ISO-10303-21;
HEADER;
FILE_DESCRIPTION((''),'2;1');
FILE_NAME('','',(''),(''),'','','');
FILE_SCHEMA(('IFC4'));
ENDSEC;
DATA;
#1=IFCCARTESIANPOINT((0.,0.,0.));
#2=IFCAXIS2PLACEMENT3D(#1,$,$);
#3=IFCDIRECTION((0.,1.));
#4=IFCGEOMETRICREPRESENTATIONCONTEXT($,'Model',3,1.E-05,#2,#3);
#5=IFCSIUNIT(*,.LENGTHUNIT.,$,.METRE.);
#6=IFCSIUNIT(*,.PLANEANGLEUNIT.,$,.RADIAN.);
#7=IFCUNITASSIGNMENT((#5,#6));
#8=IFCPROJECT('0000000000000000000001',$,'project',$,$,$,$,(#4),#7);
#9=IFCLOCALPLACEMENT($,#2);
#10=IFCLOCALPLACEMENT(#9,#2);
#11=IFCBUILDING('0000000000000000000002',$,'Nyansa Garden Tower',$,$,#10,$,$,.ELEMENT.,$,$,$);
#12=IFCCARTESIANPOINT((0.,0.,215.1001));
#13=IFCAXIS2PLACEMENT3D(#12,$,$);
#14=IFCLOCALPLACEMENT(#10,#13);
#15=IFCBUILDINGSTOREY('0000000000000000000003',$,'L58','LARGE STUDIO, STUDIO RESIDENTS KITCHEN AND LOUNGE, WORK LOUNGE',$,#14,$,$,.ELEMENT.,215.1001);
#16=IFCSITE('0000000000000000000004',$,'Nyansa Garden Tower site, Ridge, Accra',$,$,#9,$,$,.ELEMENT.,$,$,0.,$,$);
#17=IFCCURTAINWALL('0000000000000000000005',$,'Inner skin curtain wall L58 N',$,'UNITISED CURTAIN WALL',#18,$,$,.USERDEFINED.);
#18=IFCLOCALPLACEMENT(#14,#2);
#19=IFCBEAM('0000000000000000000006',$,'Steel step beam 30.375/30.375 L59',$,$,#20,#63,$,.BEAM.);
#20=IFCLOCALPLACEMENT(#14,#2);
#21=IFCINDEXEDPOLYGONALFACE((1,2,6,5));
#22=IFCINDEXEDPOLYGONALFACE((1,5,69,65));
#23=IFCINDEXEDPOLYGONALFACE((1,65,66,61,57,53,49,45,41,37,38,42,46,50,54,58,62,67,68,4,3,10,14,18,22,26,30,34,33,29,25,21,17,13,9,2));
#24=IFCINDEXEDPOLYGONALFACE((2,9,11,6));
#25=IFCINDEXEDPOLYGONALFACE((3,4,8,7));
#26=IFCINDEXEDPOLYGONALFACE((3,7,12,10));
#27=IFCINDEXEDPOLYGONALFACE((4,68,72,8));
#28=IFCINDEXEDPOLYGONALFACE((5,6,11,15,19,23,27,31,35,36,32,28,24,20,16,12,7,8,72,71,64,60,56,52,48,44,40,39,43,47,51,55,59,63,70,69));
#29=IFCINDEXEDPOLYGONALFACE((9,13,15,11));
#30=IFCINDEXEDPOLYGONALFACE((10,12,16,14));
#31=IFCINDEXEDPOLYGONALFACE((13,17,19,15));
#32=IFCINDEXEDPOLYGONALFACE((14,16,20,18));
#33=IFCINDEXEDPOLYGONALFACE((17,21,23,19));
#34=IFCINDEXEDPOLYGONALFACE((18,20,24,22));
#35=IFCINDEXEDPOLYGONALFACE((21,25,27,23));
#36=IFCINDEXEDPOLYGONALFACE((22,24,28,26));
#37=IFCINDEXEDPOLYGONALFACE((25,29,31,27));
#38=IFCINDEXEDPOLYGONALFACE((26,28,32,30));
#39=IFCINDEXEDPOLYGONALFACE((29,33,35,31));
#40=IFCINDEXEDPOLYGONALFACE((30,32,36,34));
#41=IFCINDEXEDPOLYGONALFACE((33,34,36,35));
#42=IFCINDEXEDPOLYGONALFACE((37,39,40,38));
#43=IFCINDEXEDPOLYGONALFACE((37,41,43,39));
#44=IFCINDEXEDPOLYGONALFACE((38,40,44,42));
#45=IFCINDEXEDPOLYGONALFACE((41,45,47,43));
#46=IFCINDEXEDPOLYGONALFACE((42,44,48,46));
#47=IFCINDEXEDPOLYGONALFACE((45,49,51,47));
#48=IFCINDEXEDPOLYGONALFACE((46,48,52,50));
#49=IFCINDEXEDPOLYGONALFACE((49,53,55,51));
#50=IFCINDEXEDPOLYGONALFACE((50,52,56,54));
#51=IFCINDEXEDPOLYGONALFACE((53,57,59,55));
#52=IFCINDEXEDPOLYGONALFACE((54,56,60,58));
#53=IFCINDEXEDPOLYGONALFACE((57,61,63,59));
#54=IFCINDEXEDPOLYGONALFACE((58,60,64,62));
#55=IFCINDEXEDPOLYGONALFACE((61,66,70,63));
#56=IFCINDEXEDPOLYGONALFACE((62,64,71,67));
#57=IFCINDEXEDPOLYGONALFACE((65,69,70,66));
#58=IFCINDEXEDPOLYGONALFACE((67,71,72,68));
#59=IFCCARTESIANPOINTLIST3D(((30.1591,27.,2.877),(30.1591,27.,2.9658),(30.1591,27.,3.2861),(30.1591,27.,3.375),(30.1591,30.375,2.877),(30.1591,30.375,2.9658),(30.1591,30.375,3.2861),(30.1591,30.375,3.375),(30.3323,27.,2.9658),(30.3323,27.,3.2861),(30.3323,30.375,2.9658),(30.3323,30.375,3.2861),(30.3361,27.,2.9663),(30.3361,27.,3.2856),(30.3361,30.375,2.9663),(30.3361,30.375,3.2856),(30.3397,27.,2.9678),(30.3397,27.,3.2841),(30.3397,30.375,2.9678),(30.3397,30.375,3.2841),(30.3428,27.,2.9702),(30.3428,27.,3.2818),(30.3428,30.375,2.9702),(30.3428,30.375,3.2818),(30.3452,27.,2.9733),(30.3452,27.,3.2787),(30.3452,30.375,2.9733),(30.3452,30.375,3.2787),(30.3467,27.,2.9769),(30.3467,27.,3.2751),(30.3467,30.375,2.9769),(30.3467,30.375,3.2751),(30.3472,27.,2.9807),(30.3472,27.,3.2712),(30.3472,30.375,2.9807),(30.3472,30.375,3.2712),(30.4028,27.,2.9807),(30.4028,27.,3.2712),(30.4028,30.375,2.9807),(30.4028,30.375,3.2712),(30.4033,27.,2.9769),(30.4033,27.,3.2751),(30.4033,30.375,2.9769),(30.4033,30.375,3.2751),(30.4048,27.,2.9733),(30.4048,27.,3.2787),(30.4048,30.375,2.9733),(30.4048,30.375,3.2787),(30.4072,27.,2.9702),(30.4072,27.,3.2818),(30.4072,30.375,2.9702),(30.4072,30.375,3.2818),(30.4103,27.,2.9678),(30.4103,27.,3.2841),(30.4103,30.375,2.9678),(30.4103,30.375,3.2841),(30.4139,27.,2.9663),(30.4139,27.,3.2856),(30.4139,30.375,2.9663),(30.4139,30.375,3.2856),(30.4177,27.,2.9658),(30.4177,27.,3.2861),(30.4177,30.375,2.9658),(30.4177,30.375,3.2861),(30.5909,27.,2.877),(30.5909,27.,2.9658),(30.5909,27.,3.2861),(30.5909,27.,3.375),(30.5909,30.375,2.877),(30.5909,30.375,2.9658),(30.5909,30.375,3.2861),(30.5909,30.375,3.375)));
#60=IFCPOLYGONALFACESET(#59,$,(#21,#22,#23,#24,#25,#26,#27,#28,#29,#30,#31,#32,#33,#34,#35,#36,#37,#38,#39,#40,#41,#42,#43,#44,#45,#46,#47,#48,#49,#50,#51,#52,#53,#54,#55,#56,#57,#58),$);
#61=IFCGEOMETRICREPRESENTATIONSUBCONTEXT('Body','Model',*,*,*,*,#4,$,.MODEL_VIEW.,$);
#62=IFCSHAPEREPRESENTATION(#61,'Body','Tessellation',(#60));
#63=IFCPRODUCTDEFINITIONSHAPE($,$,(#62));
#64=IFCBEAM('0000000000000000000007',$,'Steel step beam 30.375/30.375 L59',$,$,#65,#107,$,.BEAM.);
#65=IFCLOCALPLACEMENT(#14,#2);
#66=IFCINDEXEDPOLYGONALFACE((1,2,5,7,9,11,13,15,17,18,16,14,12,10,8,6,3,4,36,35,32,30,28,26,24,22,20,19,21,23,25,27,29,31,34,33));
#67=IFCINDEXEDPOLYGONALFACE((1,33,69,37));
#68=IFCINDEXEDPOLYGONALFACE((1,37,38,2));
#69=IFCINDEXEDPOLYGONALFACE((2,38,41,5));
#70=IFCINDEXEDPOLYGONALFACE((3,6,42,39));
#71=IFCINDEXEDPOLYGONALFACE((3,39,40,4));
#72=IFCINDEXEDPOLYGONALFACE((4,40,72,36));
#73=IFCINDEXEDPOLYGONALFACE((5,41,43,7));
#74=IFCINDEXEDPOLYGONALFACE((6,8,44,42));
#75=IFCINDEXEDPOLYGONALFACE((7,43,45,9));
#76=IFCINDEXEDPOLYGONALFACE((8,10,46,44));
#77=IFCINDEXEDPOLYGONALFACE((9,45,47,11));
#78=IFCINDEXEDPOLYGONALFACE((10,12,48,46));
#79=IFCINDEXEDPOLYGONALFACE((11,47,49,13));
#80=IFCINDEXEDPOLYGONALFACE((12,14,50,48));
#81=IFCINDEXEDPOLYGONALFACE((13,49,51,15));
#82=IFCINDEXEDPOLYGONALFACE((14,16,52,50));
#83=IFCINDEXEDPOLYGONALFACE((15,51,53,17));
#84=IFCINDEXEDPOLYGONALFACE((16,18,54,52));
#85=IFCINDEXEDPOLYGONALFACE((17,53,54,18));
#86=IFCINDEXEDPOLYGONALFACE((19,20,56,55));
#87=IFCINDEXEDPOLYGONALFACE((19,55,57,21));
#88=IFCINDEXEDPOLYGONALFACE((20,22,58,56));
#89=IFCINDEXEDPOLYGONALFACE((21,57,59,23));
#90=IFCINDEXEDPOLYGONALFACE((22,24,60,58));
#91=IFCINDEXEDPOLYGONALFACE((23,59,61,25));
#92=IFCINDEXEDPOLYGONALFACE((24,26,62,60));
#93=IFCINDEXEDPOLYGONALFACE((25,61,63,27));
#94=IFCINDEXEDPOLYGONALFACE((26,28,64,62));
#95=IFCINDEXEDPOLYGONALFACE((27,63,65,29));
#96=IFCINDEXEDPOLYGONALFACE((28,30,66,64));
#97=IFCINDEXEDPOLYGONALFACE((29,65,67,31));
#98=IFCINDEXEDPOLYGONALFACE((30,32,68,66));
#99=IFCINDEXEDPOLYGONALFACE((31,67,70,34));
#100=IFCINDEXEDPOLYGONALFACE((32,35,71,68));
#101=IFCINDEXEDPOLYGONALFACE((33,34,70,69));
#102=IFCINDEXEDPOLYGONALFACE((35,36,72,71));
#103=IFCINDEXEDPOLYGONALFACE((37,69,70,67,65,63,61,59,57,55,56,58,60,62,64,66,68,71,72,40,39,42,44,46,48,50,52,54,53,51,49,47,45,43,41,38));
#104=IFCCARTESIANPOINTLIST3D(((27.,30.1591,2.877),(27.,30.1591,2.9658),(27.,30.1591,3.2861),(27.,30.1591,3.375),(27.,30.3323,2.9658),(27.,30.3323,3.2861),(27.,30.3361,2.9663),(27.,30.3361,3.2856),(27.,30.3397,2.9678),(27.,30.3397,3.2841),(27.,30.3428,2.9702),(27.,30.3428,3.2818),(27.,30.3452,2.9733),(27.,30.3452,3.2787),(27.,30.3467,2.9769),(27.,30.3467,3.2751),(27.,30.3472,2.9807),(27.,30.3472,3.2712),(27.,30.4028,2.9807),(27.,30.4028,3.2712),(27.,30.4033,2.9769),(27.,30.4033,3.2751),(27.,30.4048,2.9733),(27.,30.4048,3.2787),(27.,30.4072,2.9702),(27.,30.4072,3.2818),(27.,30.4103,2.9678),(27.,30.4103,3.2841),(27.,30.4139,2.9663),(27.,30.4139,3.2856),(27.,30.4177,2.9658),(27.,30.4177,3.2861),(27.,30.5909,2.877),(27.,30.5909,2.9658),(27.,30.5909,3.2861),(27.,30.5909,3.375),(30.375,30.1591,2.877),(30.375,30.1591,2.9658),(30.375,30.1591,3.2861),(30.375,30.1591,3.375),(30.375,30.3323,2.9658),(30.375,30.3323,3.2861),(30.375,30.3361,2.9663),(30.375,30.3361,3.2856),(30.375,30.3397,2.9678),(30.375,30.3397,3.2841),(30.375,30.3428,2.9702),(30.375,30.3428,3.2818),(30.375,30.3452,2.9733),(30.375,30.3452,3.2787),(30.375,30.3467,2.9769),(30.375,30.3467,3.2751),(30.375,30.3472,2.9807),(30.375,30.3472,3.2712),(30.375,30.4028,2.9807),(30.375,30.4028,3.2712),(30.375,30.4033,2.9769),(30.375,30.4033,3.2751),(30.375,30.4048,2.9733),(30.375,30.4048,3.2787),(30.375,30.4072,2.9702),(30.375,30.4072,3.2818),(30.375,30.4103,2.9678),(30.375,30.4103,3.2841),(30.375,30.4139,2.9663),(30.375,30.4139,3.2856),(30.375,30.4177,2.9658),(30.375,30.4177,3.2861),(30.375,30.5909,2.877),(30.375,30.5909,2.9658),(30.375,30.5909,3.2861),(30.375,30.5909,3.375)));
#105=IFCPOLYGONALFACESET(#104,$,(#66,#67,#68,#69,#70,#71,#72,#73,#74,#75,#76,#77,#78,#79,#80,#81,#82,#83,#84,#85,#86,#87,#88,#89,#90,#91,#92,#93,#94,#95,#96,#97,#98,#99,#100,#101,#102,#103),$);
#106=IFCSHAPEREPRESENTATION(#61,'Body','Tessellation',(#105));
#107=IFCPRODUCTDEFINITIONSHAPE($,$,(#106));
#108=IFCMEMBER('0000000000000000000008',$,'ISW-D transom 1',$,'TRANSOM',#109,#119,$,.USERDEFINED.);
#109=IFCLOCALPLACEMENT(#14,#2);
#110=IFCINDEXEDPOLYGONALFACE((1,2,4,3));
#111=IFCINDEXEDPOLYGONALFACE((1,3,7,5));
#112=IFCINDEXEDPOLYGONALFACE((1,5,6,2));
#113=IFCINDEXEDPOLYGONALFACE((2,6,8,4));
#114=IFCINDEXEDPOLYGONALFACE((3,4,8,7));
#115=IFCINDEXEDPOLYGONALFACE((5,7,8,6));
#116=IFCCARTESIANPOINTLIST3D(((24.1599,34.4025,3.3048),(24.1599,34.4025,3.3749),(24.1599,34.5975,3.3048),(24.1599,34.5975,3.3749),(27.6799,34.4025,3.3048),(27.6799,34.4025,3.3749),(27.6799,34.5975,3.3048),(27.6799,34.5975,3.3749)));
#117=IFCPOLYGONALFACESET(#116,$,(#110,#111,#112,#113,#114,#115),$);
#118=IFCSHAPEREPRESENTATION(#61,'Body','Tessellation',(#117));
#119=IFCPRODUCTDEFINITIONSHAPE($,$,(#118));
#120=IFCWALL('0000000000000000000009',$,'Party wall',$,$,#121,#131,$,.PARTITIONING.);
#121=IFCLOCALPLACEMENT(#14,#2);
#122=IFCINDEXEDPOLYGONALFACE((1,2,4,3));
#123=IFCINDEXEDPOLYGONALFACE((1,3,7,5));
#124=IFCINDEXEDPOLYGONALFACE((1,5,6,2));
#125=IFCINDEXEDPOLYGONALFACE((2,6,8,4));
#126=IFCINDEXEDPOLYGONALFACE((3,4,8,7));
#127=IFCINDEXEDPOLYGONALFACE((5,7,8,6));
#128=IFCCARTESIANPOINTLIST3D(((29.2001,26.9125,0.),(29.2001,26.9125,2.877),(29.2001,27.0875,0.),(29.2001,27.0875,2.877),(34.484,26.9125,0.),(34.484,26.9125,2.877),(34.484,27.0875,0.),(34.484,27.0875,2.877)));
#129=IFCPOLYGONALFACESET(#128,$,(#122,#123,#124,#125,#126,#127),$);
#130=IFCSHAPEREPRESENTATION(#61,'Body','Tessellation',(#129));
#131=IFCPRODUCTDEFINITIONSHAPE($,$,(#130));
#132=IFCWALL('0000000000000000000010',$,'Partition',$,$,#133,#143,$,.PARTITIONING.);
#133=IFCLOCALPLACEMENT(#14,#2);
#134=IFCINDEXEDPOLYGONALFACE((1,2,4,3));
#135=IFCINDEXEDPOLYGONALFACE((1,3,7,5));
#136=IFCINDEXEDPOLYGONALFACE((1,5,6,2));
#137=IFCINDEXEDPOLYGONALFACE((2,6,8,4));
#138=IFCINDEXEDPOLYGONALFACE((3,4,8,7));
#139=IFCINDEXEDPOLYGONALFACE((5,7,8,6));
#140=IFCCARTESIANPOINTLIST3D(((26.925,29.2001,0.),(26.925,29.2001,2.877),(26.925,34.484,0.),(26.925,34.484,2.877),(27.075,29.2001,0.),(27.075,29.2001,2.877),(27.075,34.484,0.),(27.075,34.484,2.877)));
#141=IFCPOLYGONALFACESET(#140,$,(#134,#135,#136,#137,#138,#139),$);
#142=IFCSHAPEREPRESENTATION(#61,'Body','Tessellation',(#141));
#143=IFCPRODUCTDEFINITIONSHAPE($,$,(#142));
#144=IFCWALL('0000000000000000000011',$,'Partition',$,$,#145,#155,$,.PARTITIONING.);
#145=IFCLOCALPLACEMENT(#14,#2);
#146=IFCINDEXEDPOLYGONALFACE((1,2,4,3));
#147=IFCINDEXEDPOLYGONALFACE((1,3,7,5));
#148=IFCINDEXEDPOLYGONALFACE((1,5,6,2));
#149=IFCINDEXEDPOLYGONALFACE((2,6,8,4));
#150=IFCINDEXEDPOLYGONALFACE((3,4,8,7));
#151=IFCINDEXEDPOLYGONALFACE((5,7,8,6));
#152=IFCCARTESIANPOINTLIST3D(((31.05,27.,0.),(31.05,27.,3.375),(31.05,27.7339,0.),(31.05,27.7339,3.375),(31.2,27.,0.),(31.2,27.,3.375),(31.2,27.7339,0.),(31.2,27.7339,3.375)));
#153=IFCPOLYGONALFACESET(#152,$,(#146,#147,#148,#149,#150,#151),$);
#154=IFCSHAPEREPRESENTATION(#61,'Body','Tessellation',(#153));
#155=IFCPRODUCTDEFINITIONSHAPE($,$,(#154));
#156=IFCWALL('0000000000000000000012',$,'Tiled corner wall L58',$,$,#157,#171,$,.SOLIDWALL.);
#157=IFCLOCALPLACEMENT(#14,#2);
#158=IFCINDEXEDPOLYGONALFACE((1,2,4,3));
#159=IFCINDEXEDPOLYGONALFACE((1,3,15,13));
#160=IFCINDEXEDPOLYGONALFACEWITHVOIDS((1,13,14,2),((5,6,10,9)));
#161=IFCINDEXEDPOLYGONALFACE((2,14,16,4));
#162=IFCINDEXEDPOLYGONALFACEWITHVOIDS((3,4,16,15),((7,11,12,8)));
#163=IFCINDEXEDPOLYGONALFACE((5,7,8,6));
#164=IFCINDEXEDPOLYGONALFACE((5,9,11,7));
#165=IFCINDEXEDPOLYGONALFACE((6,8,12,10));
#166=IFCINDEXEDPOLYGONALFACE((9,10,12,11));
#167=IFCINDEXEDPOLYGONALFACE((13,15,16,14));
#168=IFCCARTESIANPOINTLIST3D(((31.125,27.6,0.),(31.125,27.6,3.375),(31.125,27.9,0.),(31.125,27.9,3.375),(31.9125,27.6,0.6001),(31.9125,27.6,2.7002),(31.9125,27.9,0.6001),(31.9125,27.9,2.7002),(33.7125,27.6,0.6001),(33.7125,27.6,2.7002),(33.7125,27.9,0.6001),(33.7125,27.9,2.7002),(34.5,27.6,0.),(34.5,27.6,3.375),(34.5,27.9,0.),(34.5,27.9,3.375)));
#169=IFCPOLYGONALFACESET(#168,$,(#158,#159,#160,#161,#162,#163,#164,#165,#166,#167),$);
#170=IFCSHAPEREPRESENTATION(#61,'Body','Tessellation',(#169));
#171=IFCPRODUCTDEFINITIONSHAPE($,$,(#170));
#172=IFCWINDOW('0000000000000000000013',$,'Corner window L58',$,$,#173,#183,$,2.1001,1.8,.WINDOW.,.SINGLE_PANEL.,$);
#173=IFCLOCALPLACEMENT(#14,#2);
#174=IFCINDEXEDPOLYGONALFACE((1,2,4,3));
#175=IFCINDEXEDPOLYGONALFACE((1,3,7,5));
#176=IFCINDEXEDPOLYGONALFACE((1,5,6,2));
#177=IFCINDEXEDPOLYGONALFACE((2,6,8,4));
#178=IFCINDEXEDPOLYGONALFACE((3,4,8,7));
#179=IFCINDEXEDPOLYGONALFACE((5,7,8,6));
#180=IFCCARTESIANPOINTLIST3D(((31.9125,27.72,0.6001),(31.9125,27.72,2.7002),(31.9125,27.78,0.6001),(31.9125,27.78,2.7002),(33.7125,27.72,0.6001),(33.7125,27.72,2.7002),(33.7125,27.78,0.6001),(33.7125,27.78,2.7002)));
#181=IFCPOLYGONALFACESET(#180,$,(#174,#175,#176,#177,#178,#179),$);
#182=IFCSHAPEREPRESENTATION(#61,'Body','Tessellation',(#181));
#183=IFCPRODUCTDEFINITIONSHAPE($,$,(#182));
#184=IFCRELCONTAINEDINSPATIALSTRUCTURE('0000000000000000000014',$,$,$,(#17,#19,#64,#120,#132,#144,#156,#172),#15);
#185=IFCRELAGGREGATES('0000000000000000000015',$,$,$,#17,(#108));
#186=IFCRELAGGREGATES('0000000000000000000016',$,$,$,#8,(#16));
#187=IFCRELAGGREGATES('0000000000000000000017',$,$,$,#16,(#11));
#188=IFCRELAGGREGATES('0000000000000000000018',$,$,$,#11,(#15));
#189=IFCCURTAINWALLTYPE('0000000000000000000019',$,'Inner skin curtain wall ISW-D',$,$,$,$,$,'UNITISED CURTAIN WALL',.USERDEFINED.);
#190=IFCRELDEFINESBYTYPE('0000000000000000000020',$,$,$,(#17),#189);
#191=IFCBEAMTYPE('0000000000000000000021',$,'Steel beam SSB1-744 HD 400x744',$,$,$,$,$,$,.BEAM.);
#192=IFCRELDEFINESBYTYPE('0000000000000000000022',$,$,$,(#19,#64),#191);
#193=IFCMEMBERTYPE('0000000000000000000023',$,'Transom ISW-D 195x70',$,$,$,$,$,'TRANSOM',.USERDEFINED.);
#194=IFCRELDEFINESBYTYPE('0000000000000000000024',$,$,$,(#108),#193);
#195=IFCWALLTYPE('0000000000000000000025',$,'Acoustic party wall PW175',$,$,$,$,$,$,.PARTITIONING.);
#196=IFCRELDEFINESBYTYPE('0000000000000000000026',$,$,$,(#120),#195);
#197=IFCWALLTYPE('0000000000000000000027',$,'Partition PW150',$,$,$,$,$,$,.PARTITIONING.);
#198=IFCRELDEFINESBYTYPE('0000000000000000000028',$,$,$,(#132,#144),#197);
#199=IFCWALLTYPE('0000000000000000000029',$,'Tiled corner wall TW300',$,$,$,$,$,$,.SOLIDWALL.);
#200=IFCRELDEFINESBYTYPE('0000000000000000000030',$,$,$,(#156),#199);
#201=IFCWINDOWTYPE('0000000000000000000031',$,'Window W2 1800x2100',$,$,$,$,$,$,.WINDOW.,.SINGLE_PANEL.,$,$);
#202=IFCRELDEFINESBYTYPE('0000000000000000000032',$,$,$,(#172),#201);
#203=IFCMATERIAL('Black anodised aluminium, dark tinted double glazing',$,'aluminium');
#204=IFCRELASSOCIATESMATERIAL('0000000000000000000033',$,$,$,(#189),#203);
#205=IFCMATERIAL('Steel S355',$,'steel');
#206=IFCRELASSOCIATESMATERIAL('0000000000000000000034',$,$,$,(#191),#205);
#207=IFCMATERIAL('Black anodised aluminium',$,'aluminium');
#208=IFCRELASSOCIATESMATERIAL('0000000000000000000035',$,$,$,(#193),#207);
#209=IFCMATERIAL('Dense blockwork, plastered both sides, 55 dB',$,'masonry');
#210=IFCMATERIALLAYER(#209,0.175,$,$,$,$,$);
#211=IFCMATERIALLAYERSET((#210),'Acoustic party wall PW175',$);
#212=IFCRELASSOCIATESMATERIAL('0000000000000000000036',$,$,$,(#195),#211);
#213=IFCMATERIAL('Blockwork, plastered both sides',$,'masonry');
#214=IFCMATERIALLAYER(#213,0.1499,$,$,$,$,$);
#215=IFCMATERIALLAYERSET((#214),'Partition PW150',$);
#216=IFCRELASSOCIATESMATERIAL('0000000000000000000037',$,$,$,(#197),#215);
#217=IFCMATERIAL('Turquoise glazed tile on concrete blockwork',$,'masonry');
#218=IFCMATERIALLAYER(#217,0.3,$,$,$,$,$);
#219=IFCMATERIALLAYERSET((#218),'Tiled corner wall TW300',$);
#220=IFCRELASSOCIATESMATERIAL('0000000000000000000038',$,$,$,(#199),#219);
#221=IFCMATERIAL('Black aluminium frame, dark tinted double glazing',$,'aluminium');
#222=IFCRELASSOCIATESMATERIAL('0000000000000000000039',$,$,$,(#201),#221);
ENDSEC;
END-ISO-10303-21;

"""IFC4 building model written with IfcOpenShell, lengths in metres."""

from ifc_helpers import new_model, si_unit, direction, frame, frame_2d, origin, origin_2d, place, context, subcontext, project, spatial, rectangle, i_section, extrude, material, layer, layer_set, material_profile, profile_set, type_object, element, fill, aggregate, save


model = new_model("IFC4")

# Units and contexts
model_context = context("Model", 3, precision=1e-05, world=origin(), true_north=direction((0.0, 1.0)))
body_context = subcontext(model_context, "Body", "Model", "MODEL_VIEW")
ifc_project = project(units=[si_unit("LENGTHUNIT", "METRE"), si_unit("PLANEANGLEUNIT", "RADIAN")], contexts=[model_context])

# Site, building, storey
site_placement = place(None, origin())
site = spatial("IfcSite", under=ifc_project, at=site_placement, Name="Nyansa Garden Tower site, Ridge, Accra", CompositionType="ELEMENT", RefElevation=0.0)
building_placement = place(site_placement, origin())
building = spatial("IfcBuilding", under=site, at=building_placement, Name="Nyansa Garden Tower", CompositionType="ELEMENT")
storey_placement = place(building_placement, frame((0.0, 0.0, 215.1001)))
storey = spatial("IfcBuildingStorey", under=building, at=storey_placement, Name="L58", Description="LARGE STUDIO, STUDIO RESIDENTS KITCHEN AND LOUNGE, WORK LOUNGE", CompositionType="ELEMENT", Elevation=215.1001)

# Curtain wall
ifc_material_1 = material(Name="Black anodised aluminium, dark tinted double glazing", Category="aluminium")
curtain_wall_type = type_object("IfcCurtainWallType", Name="Inner skin curtain wall ISW-D", ElementType="UNITISED CURTAIN WALL", PredefinedType="USERDEFINED", material=ifc_material_1)
curtain_wall_1_placement = place(storey_placement, origin())
curtain_wall_1 = element("IfcCurtainWall", 1, at=curtain_wall_1_placement, inside=storey, type_object=curtain_wall_type, Name="Inner skin curtain wall L58 N", ObjectType="UNITISED CURTAIN WALL", PredefinedType="USERDEFINED")

# Beams
ifc_material_2 = material(Name="Steel S355", Category="steel")
ifc_material_profile_1 = material_profile(ifc_material_2, i_section(OverallWidth=0.4319, OverallDepth=0.498, WebThickness=0.0557, FlangeThickness=0.0889, FilletRadius=0.0149, at=origin_2d()), Name="HD 400x744")
ifc_profile_set_1 = profile_set([ifc_material_profile_1], Name="Steel S355")
beam_type_1 = type_object("IfcBeamType", Name="Steel beam SSB1-744 HD 400x744", PredefinedType="BEAM", material=ifc_profile_set_1)
for number, where, z_axis, x_axis, name in (
    (2, (30.375, 30.375, 3.126), (0.0, -1.0, 0.0), (1.0, 0.0, 0.0), "Steel step beam 30.375/30.375 L59"),
    (3, (30.375, 30.375, 3.126), (-1.0, 0.0, 0.0), (0.0, -1.0, 0.0), "Steel step beam 30.375/30.375 L59"),
):
    element("IfcBeam", number, at=place(storey_placement, frame(where, z_axis=z_axis, x_axis=x_axis)), inside=storey, type_object=beam_type_1, Name=name, PredefinedType="BEAM", context=body_context, shape_type="SweptSolid", body=[
        extrude(i_section(OverallWidth=0.4319, OverallDepth=0.498, WebThickness=0.0557, FlangeThickness=0.0889, FilletRadius=0.0149, at=origin_2d()), origin(), (0.0, 0.0, 1.0), 3.375),
    ])

# Member
ifc_material_3 = material(Name="Black anodised aluminium", Category="aluminium")
ifc_material_profile_2 = material_profile(ifc_material_3, rectangle(XDim=0.1951, YDim=0.0701, at=origin_2d()), Name="Transom 195x70")
ifc_profile_set_2 = profile_set([ifc_material_profile_2], Name="Black anodised aluminium")
member_type_1 = type_object("IfcMemberType", Name="Transom ISW-D 195x70", ElementType="TRANSOM", PredefinedType="USERDEFINED", material=ifc_profile_set_2)
member_1_placement = place(storey_placement, frame((27.6799, 34.5, 3.3398), z_axis=(-1.0, 0.0, 0.0), x_axis=(0.0, -1.0, 0.0)))
member_1 = element("IfcMember", 4, at=member_1_placement, type_object=member_type_1, Name="ISW-D transom 1", ObjectType="TRANSOM", PredefinedType="USERDEFINED", context=body_context, shape_type="SweptSolid", body=[
    extrude(rectangle(XDim=0.1951, YDim=0.0701, at=origin_2d()), origin(), (0.0, 0.0, 1.0), 3.52),
])
aggregate(curtain_wall_1, [member_1])

# Walls
ifc_material_4 = material(Name="Dense blockwork, plastered both sides, 55 dB", Category="masonry")
ifc_layer_1 = layer(ifc_material_4, 0.175)
ifc_layer_set_1 = layer_set([ifc_layer_1], Name="Acoustic party wall PW175")
wall_type_1 = type_object("IfcWallType", Name="Acoustic party wall PW175", PredefinedType="PARTITIONING", material=ifc_layer_set_1)
wall_1_placement = place(storey_placement, frame((29.2, 27.0, 0.0), z_axis=(0.0, 0.0, 1.0), x_axis=(1.0, 0.0, 0.0)))
element("IfcWall", 5, at=wall_1_placement, inside=storey, type_object=wall_type_1, Name="Party wall", PredefinedType="PARTITIONING", context=body_context, shape_type="SweptSolid", body=[
    extrude(rectangle(XDim=5.2839, YDim=0.175, at=frame_2d((2.6421, 0.0))), origin(), (0.0, 0.0, 1.0), 2.877),
])
ifc_material_5 = material(Name="Blockwork, plastered both sides", Category="masonry")
ifc_layer_2 = layer(ifc_material_5, 0.1499)
ifc_layer_set_2 = layer_set([ifc_layer_2], Name="Partition PW150")
wall_type_2 = type_object("IfcWallType", Name="Partition PW150", PredefinedType="PARTITIONING", material=ifc_layer_set_2)
wall_2_placement = place(storey_placement, frame((27.0, 29.2, 0.0), z_axis=(0.0, 0.0, 1.0), x_axis=(0.0, 1.0, 0.0)))
element("IfcWall", 6, at=wall_2_placement, inside=storey, type_object=wall_type_2, Name="Partition", PredefinedType="PARTITIONING", context=body_context, shape_type="SweptSolid", body=[
    extrude(rectangle(XDim=5.2839, YDim=0.1499, at=frame_2d((2.6421, 0.0))), origin(), (0.0, 0.0, 1.0), 2.877),
])
wall_3_placement = place(storey_placement, frame((31.125, 27.0, 0.0), z_axis=(0.0, 0.0, 1.0), x_axis=(0.0, 1.0, 0.0)))
element("IfcWall", 7, at=wall_3_placement, inside=storey, type_object=wall_type_2, Name="Partition", PredefinedType="PARTITIONING", context=body_context, shape_type="SweptSolid", body=[
    extrude(rectangle(XDim=0.7339, YDim=0.1499, at=frame_2d((0.3669, 0.0))), origin(), (0.0, 0.0, 1.0), 3.375),
])

# Wall, opening, window
ifc_material_6 = material(Name="Turquoise glazed tile on concrete blockwork", Category="masonry")
ifc_layer_3 = layer(ifc_material_6, 0.3)
ifc_layer_set_3 = layer_set([ifc_layer_3], Name="Tiled corner wall TW300")
wall_type_3 = type_object("IfcWallType", Name="Tiled corner wall TW300", PredefinedType="SOLIDWALL", material=ifc_layer_set_3)
wall_4_placement = place(storey_placement, frame((34.5, 27.75, 0.0), z_axis=(0.0, 0.0, 1.0), x_axis=(-1.0, 0.0, 0.0)))
wall_4 = element("IfcWall", 8, at=wall_4_placement, inside=storey, type_object=wall_type_3, Name="Tiled corner wall L58", PredefinedType="SOLIDWALL", context=body_context, shape_type="SweptSolid", body=[
    extrude(rectangle(XDim=3.375, YDim=0.3, at=frame_2d((1.6875, 0.0))), origin(), (0.0, 0.0, 1.0), 3.375),
])
opening_1_placement = place(wall_4_placement, frame((0.7876, 0.0, 0.6001)))
opening_1 = element("IfcOpeningElement", 9, at=opening_1_placement, cuts=wall_4, PredefinedType="OPENING", context=body_context, shape_type="SweptSolid", body=[
    extrude(rectangle(XDim=1.8, YDim=2.1001, at=frame_2d((0.8999, 1.05))), frame((0.0, 0.1599, 0.0), z_axis=(0.0, -1.0, 0.0), x_axis=(1.0, 0.0, 0.0)), (0.0, 0.0, 1.0), 0.3201),
])
ifc_material_7 = material(Name="Black aluminium frame, dark tinted double glazing", Category="aluminium")
window_type_1 = type_object("IfcWindowType", Name="Window W2 1800x2100", PartitioningType="SINGLE_PANEL", PredefinedType="WINDOW", material=ifc_material_7)
window_1_placement = place(opening_1_placement, origin())
window_1 = element("IfcWindow", 10, at=window_1_placement, inside=storey, type_object=window_type_1, Name="Corner window L58", OverallHeight=2.1001, OverallWidth=1.8, PartitioningType="SINGLE_PANEL", PredefinedType="WINDOW", context=body_context, shape_type="SweptSolid", body=[
    extrude(rectangle(XDim=1.8, YDim=2.1001, at=frame_2d((0.8999, 1.05))), frame((0.0, 0.03, 0.0), z_axis=(0.0, -1.0, 0.0), x_axis=(1.0, 0.0, 0.0)), (0.0, 0.0, 1.0), 0.0601),
])
fill(opening_1, window_1)

save(model, "model.ifc")
